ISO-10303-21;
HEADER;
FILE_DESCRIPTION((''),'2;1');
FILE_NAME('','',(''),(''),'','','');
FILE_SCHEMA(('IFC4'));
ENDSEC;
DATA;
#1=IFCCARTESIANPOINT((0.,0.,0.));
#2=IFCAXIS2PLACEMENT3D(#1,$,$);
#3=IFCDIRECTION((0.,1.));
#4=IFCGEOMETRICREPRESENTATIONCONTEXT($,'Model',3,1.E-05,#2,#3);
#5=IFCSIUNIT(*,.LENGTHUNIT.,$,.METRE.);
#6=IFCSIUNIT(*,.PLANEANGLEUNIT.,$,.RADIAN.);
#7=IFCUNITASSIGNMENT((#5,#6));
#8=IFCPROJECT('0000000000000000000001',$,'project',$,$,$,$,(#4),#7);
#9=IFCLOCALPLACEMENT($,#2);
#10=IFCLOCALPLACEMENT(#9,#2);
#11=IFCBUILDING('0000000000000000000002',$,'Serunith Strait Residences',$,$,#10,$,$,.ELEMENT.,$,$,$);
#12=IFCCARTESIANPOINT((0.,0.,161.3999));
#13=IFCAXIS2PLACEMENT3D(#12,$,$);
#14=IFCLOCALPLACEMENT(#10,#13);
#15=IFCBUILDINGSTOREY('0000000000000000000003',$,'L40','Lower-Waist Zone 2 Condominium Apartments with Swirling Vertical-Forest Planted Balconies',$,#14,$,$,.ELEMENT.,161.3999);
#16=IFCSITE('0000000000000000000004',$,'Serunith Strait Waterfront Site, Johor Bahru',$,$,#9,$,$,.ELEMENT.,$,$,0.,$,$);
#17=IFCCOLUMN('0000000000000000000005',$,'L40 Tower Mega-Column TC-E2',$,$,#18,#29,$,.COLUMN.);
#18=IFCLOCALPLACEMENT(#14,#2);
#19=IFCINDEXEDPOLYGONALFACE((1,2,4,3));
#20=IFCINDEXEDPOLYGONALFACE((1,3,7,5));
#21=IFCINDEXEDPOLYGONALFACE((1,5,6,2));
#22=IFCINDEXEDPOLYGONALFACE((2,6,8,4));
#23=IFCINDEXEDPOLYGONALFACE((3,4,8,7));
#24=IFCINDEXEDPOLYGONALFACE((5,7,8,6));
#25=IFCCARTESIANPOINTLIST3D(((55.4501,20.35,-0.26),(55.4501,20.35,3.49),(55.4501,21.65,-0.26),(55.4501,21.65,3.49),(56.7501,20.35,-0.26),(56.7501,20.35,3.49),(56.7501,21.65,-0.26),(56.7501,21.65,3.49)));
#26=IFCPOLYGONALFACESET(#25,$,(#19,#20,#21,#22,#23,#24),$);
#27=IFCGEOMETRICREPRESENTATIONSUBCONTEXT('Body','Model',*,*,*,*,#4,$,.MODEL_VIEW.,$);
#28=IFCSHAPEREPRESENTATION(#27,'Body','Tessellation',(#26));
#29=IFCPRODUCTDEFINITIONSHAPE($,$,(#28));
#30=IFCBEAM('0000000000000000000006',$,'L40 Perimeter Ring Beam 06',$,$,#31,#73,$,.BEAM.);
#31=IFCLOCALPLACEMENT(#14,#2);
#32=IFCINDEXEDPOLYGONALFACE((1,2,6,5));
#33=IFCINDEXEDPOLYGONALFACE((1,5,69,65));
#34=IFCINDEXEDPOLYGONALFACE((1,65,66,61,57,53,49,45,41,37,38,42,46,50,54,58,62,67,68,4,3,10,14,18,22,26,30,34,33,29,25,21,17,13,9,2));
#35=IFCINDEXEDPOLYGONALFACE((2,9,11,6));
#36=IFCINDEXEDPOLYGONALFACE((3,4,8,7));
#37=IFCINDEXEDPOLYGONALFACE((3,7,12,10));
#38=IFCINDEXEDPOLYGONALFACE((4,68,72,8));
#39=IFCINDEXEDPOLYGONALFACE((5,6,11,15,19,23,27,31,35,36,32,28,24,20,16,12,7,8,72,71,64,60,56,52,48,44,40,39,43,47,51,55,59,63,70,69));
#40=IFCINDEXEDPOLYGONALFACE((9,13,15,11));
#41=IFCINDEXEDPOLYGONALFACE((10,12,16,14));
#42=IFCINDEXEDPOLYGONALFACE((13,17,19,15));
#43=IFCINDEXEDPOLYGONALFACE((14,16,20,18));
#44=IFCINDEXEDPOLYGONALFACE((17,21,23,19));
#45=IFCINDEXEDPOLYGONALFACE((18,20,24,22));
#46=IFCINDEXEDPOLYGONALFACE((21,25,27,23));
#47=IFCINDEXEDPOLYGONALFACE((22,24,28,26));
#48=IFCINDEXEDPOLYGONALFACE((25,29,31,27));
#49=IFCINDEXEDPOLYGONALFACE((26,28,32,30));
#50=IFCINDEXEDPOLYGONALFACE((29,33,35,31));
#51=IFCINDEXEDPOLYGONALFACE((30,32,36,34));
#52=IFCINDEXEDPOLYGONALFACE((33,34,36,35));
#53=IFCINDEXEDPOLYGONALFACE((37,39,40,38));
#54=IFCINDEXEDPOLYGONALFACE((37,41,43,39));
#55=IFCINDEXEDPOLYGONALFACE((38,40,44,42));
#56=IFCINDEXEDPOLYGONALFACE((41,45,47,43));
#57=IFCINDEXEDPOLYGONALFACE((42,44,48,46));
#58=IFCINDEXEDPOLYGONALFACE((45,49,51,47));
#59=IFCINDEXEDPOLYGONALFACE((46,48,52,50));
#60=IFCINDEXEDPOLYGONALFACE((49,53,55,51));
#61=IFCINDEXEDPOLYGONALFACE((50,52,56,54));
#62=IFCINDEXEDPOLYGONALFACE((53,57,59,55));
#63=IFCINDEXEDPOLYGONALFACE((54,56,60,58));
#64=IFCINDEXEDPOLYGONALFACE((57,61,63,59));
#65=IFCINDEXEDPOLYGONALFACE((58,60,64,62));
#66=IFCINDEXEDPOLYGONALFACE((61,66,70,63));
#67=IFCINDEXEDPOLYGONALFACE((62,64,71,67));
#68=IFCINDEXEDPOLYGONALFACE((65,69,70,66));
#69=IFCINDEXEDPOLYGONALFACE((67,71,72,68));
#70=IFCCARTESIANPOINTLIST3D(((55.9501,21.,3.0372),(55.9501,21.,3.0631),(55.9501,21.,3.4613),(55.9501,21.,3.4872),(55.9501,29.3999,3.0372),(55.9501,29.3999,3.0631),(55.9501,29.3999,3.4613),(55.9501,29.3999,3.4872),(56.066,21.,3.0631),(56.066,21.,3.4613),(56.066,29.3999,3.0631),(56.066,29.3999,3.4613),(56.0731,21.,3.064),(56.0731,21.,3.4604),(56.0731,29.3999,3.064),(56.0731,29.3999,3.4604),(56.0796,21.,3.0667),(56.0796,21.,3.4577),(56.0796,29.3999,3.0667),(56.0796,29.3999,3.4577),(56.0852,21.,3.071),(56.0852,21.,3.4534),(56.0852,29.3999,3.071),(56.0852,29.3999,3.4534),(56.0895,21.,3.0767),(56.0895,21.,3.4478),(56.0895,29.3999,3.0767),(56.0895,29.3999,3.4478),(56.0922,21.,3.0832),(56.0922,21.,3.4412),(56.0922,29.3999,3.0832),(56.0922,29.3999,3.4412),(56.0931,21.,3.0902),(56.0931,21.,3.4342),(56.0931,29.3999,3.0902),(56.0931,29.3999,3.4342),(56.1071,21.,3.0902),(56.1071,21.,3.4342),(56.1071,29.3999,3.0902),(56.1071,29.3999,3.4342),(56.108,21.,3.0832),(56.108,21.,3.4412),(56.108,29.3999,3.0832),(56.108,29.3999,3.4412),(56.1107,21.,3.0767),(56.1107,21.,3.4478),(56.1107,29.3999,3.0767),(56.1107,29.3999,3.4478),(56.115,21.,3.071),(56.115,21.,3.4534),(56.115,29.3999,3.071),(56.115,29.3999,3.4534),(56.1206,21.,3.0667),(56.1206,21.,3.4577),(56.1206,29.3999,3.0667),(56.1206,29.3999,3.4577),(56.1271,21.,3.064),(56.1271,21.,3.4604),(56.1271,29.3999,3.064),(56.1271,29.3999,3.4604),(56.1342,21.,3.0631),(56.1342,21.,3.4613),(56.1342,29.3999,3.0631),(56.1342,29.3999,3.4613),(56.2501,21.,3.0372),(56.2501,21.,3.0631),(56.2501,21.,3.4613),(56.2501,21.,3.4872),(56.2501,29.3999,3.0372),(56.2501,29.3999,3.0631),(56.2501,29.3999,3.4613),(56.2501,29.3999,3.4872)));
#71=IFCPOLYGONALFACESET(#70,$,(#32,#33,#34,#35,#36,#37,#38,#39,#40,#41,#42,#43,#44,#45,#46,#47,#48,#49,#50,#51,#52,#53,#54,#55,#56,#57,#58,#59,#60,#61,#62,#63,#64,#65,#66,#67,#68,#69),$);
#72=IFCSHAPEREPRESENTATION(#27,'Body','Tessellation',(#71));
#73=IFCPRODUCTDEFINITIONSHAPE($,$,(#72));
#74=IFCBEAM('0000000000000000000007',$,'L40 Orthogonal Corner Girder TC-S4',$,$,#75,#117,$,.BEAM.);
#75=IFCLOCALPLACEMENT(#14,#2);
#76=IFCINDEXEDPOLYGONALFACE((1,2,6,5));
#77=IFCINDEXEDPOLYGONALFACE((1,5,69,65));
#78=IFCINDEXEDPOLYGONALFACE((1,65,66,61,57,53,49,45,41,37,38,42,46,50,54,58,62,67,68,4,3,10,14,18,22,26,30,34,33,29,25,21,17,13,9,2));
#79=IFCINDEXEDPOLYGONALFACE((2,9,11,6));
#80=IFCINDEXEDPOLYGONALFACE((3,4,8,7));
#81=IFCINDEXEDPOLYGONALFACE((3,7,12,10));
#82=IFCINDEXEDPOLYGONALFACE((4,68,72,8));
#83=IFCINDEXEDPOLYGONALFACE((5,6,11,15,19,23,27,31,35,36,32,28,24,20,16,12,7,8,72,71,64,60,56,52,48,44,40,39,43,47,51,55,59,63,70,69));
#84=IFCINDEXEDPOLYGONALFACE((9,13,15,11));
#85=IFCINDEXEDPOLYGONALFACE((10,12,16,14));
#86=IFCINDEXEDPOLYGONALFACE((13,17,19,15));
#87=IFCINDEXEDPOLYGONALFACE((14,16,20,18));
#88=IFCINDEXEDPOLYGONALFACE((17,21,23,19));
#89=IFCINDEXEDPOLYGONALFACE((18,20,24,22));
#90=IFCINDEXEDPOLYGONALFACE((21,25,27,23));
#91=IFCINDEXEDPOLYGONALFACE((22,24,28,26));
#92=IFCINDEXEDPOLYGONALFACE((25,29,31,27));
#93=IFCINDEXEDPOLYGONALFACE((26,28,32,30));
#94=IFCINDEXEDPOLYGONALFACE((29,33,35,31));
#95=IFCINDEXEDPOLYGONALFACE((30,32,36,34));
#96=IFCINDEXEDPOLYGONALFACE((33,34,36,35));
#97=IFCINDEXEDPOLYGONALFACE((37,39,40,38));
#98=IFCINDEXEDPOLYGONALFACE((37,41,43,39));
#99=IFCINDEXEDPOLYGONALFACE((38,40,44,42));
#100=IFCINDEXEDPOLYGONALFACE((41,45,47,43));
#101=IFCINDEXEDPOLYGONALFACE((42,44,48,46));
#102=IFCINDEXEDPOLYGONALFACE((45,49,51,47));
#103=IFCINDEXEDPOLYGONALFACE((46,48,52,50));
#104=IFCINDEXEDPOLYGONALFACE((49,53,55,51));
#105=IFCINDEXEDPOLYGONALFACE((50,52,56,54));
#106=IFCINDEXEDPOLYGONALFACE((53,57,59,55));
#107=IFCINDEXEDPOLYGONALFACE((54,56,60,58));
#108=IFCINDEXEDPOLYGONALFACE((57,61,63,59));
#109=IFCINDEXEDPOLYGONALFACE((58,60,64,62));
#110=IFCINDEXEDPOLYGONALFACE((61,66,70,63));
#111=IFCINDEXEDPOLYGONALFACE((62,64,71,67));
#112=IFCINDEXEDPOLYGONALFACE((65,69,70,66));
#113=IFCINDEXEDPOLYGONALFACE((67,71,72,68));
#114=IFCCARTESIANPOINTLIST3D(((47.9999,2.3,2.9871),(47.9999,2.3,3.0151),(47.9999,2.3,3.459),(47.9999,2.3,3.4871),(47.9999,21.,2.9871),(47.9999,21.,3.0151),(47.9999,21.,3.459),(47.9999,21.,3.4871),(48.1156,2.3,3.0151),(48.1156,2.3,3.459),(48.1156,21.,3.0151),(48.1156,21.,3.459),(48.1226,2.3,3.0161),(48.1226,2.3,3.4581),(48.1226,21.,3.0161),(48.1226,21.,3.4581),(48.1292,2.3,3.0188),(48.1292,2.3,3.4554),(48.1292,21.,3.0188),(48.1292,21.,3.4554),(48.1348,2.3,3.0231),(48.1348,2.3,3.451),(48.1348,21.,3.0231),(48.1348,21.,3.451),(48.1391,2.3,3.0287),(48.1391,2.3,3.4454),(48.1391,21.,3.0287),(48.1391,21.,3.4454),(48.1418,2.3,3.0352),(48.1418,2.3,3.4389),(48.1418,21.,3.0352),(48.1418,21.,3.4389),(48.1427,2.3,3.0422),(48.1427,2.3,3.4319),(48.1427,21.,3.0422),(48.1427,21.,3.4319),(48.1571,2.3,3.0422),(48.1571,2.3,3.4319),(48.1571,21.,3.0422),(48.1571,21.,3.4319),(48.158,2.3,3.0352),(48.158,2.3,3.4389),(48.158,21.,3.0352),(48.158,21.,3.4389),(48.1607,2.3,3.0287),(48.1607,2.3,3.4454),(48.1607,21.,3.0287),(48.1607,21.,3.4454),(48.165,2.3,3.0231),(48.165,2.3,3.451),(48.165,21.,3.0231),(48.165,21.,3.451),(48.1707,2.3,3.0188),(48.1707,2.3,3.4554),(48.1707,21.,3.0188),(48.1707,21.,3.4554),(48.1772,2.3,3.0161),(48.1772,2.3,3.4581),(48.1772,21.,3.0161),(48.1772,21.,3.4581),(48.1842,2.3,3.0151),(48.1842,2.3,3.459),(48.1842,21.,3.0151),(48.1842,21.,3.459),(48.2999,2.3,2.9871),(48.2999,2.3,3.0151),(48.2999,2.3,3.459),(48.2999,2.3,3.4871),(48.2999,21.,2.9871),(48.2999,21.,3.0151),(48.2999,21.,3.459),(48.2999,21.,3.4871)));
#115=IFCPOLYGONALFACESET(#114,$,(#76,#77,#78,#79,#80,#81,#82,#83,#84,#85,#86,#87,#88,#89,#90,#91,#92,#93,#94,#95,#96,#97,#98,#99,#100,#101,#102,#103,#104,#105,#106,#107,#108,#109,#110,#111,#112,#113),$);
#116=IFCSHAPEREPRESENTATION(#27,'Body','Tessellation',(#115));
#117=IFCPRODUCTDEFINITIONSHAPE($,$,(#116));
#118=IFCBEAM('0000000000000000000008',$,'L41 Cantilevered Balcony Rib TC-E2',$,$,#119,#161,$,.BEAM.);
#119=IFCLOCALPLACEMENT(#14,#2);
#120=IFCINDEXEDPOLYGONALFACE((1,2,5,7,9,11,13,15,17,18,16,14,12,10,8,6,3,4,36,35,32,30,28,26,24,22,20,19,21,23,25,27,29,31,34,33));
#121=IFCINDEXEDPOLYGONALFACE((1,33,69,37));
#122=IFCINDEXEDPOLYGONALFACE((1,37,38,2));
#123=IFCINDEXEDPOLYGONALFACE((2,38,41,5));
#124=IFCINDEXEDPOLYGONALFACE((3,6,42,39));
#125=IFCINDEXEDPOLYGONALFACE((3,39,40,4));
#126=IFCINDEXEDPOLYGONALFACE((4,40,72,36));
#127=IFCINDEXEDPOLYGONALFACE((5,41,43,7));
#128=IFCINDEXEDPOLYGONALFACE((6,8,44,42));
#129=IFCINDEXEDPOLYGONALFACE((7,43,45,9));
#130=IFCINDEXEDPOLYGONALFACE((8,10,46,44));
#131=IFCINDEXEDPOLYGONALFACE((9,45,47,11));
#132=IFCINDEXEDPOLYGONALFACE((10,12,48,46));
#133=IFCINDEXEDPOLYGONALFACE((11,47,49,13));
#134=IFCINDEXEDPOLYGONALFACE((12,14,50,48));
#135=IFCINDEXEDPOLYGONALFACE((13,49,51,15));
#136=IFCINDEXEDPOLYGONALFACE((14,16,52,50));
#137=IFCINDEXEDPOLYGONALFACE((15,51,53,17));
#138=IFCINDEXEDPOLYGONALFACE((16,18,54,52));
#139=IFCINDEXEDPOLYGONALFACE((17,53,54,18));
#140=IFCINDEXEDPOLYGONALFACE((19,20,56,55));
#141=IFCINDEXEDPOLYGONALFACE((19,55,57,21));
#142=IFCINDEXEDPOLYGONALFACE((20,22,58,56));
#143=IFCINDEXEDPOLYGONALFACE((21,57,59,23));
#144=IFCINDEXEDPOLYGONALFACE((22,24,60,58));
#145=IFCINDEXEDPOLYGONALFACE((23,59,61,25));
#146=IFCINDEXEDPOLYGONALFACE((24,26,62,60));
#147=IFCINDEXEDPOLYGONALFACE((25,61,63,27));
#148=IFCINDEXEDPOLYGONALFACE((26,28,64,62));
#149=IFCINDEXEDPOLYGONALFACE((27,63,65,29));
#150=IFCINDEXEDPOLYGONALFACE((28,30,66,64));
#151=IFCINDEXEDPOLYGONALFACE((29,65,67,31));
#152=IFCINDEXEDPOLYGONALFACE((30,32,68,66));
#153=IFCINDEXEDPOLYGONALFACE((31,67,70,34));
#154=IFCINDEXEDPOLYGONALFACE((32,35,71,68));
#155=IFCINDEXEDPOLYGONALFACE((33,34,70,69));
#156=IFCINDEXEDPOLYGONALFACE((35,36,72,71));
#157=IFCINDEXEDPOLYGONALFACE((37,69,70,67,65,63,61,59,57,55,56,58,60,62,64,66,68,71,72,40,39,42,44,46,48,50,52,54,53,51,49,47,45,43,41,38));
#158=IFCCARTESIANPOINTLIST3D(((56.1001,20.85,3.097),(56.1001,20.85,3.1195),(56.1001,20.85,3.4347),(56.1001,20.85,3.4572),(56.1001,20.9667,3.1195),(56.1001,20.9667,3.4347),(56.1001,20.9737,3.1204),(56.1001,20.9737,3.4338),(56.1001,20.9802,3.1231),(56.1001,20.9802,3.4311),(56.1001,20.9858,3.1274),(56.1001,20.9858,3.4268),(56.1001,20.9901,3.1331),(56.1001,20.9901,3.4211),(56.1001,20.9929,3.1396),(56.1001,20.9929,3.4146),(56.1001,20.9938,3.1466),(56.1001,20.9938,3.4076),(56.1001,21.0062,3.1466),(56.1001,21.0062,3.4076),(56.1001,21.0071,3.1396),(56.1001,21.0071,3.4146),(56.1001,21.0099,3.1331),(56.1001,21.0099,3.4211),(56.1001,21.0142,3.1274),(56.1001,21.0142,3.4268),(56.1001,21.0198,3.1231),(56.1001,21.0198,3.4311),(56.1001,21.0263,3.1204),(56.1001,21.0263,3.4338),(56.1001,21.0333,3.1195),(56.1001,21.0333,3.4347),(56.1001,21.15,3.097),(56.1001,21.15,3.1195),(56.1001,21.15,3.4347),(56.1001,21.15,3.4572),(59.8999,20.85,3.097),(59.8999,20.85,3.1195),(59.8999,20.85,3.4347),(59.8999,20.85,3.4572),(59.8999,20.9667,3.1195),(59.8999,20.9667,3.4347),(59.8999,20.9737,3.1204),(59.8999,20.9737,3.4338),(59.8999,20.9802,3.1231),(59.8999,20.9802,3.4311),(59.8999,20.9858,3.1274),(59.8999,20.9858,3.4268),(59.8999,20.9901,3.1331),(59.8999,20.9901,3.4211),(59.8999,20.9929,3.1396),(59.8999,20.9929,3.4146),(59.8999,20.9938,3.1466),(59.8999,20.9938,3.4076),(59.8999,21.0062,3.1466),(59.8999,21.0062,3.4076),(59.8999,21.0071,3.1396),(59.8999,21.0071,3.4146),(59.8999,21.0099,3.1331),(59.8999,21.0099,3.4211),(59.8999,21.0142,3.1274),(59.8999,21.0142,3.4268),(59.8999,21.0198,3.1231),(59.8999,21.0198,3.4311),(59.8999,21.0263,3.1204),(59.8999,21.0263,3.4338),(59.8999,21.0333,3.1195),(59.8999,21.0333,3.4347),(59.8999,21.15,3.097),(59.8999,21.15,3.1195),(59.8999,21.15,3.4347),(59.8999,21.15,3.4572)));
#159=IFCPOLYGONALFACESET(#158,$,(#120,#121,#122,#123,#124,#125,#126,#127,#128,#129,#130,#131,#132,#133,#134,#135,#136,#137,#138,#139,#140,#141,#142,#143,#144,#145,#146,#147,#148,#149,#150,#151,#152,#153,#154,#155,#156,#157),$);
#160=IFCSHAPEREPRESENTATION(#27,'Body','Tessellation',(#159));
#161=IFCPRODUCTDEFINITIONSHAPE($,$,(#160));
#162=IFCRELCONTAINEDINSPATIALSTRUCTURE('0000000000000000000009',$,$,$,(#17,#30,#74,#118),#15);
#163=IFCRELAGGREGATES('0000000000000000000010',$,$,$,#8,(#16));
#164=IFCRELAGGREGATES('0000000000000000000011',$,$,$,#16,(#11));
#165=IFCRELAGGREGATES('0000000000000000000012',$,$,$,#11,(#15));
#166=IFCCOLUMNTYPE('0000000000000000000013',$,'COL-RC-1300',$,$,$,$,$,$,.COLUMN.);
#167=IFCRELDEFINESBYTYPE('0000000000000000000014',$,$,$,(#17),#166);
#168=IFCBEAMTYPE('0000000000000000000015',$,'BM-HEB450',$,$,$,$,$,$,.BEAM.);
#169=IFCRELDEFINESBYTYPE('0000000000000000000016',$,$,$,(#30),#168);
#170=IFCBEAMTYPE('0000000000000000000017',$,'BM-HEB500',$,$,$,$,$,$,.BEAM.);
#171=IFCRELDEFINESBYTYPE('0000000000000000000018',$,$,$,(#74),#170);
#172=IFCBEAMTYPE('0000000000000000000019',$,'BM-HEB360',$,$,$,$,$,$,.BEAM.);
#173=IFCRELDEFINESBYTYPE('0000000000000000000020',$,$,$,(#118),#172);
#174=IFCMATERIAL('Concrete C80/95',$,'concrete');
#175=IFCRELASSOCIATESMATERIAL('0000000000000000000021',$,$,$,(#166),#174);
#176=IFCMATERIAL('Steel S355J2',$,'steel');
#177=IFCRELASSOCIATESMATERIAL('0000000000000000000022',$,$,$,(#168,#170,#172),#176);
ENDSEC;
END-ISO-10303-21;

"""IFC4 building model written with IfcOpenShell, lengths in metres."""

from ifc_helpers import new_model, si_unit, direction, frame, origin, origin_2d, place, context, subcontext, project, spatial, rectangle, i_section, extrude, source, transform, mapped, material, material_profile, profile_set, type_object, element, save


model = new_model("IFC4")

# Units and contexts
model_context = context("Model", 3, precision=1e-05, world=origin(), true_north=direction((0.0, 1.0)))
body_context = subcontext(model_context, "Body", "Model", "MODEL_VIEW")
ifc_project = project(units=[si_unit("LENGTHUNIT", "METRE"), si_unit("PLANEANGLEUNIT", "RADIAN")], contexts=[model_context])

# Site, building, storey
site_placement = place(None, origin())
site = spatial("IfcSite", under=ifc_project, at=site_placement, Name="Serunith Strait Waterfront Site, Johor Bahru", CompositionType="ELEMENT", RefElevation=0.0)
building_placement = place(site_placement, origin())
building = spatial("IfcBuilding", under=site, at=building_placement, Name="Serunith Strait Residences", CompositionType="ELEMENT")
storey_placement = place(building_placement, frame((0.0, 0.0, 161.3999)))
storey = spatial("IfcBuildingStorey", under=building, at=storey_placement, Name="L40", Description="Lower-Waist Zone 2 Condominium Apartments with Swirling Vertical-Forest Planted Balconies", CompositionType="ELEMENT", Elevation=161.3999)

# Column
ifc_material_1 = material(Name="Concrete C80/95", Category="concrete")
ifc_material_profile_1 = material_profile(ifc_material_1, rectangle(XDim=1.3, YDim=1.3, at=origin_2d()), Name="RC 1300x1300")
ifc_profile_set_1 = profile_set([ifc_material_profile_1], Name="Concrete C80/95")
column_type = type_object("IfcColumnType", Name="COL-RC-1300", PredefinedType="COLUMN", material=ifc_profile_set_1)
shared_shape_1 = source(origin(), body_context, "Body", "SweptSolid", [
    extrude(rectangle(XDim=1.3, YDim=1.3, at=origin_2d()), origin(), (0.0, 0.0, 1.0), 3.75),
])
column_placement = place(storey_placement, frame((56.1001, 21.0, -0.26), z_axis=(0.0, 0.0, 1.0), x_axis=(1.0, 0.0, 0.0)))
element("IfcColumn", 1, at=column_placement, inside=storey, type_object=column_type, Name="L40 Tower Mega-Column TC-E2", PredefinedType="COLUMN", context=body_context, shape_type="MappedRepresentation", body=[
    mapped(shared_shape_1, transform((0.0, 0.0, 0.0), scale=1.0)),
])

# Beams
ifc_material_2 = material(Name="Steel S355J2", Category="steel")
ifc_material_profile_2 = material_profile(ifc_material_2, i_section(OverallWidth=0.3, OverallDepth=0.45, WebThickness=0.0139, FlangeThickness=0.0259, FilletRadius=0.0271, at=origin_2d()), Name="HEB 450")
ifc_profile_set_2 = profile_set([ifc_material_profile_2], Name="Steel S355J2")
beam_type_1 = type_object("IfcBeamType", Name="BM-HEB450", PredefinedType="BEAM", material=ifc_profile_set_2)
shared_shape_2 = source(origin(), body_context, "Body", "SweptSolid", [
    extrude(i_section(OverallWidth=0.3, OverallDepth=0.45, WebThickness=0.0139, FlangeThickness=0.0259, FilletRadius=0.0271, at=origin_2d()), origin(), (0.0, 0.0, 1.0), 8.3999),
])
beam_1_placement = place(storey_placement, frame((56.1001, 21.0, 3.2622), z_axis=(0.0, 1.0, 0.0), x_axis=(-1.0, 0.0, 0.0)))
element("IfcBeam", 2, at=beam_1_placement, inside=storey, type_object=beam_type_1, Name="L40 Perimeter Ring Beam 06", PredefinedType="BEAM", context=body_context, shape_type="MappedRepresentation", body=[
    mapped(shared_shape_2, transform((0.0, 0.0, 0.0), scale=1.0)),
])
ifc_material_profile_3 = material_profile(ifc_material_2, i_section(OverallWidth=0.3, OverallDepth=0.5, WebThickness=0.0144, FlangeThickness=0.0281, FilletRadius=0.0271, at=origin_2d()), Name="HEB 500")
ifc_profile_set_3 = profile_set([ifc_material_profile_3], Name="Steel S355J2")
beam_type_2 = type_object("IfcBeamType", Name="BM-HEB500", PredefinedType="BEAM", material=ifc_profile_set_3)
shared_shape_3 = source(origin(), body_context, "Body", "SweptSolid", [
    extrude(i_section(OverallWidth=0.3, OverallDepth=0.5, WebThickness=0.0144, FlangeThickness=0.0281, FilletRadius=0.0271, at=origin_2d()), origin(), (0.0, 0.0, 1.0), 18.7),
])
beam_2_placement = place(storey_placement, frame((48.1499, 21.0, 3.2371), z_axis=(0.0, -1.0, 0.0), x_axis=(1.0, 0.0, 0.0)))
element("IfcBeam", 3, at=beam_2_placement, inside=storey, type_object=beam_type_2, Name="L40 Orthogonal Corner Girder TC-S4", PredefinedType="BEAM", context=body_context, shape_type="MappedRepresentation", body=[
    mapped(shared_shape_3, transform((0.0, 0.0, 0.0), scale=1.0)),
])
ifc_material_profile_4 = material_profile(ifc_material_2, i_section(OverallWidth=0.3, OverallDepth=0.3601, WebThickness=0.0125, FlangeThickness=0.0225, FilletRadius=0.0271, at=origin_2d()), Name="HEB 360")
ifc_profile_set_4 = profile_set([ifc_material_profile_4], Name="Steel S355J2")
beam_type_3 = type_object("IfcBeamType", Name="BM-HEB360", PredefinedType="BEAM", material=ifc_profile_set_4)
shared_shape_4 = source(origin(), body_context, "Body", "SweptSolid", [
    extrude(i_section(OverallWidth=0.3, OverallDepth=0.3601, WebThickness=0.0125, FlangeThickness=0.0225, FilletRadius=0.0271, at=origin_2d()), origin(), (0.0, 0.0, 1.0), 3.7998),
])
beam_3_placement = place(storey_placement, frame((56.1001, 21.0, 3.2771), z_axis=(1.0, 0.0, 0.0), x_axis=(0.0, 1.0, 0.0)))
element("IfcBeam", 4, at=beam_3_placement, inside=storey, type_object=beam_type_3, Name="L41 Cantilevered Balcony Rib TC-E2", PredefinedType="BEAM", context=body_context, shape_type="MappedRepresentation", body=[
    mapped(shared_shape_4, transform((0.0, 0.0, 0.0), scale=1.0)),
])

save(model, "model.ifc")
